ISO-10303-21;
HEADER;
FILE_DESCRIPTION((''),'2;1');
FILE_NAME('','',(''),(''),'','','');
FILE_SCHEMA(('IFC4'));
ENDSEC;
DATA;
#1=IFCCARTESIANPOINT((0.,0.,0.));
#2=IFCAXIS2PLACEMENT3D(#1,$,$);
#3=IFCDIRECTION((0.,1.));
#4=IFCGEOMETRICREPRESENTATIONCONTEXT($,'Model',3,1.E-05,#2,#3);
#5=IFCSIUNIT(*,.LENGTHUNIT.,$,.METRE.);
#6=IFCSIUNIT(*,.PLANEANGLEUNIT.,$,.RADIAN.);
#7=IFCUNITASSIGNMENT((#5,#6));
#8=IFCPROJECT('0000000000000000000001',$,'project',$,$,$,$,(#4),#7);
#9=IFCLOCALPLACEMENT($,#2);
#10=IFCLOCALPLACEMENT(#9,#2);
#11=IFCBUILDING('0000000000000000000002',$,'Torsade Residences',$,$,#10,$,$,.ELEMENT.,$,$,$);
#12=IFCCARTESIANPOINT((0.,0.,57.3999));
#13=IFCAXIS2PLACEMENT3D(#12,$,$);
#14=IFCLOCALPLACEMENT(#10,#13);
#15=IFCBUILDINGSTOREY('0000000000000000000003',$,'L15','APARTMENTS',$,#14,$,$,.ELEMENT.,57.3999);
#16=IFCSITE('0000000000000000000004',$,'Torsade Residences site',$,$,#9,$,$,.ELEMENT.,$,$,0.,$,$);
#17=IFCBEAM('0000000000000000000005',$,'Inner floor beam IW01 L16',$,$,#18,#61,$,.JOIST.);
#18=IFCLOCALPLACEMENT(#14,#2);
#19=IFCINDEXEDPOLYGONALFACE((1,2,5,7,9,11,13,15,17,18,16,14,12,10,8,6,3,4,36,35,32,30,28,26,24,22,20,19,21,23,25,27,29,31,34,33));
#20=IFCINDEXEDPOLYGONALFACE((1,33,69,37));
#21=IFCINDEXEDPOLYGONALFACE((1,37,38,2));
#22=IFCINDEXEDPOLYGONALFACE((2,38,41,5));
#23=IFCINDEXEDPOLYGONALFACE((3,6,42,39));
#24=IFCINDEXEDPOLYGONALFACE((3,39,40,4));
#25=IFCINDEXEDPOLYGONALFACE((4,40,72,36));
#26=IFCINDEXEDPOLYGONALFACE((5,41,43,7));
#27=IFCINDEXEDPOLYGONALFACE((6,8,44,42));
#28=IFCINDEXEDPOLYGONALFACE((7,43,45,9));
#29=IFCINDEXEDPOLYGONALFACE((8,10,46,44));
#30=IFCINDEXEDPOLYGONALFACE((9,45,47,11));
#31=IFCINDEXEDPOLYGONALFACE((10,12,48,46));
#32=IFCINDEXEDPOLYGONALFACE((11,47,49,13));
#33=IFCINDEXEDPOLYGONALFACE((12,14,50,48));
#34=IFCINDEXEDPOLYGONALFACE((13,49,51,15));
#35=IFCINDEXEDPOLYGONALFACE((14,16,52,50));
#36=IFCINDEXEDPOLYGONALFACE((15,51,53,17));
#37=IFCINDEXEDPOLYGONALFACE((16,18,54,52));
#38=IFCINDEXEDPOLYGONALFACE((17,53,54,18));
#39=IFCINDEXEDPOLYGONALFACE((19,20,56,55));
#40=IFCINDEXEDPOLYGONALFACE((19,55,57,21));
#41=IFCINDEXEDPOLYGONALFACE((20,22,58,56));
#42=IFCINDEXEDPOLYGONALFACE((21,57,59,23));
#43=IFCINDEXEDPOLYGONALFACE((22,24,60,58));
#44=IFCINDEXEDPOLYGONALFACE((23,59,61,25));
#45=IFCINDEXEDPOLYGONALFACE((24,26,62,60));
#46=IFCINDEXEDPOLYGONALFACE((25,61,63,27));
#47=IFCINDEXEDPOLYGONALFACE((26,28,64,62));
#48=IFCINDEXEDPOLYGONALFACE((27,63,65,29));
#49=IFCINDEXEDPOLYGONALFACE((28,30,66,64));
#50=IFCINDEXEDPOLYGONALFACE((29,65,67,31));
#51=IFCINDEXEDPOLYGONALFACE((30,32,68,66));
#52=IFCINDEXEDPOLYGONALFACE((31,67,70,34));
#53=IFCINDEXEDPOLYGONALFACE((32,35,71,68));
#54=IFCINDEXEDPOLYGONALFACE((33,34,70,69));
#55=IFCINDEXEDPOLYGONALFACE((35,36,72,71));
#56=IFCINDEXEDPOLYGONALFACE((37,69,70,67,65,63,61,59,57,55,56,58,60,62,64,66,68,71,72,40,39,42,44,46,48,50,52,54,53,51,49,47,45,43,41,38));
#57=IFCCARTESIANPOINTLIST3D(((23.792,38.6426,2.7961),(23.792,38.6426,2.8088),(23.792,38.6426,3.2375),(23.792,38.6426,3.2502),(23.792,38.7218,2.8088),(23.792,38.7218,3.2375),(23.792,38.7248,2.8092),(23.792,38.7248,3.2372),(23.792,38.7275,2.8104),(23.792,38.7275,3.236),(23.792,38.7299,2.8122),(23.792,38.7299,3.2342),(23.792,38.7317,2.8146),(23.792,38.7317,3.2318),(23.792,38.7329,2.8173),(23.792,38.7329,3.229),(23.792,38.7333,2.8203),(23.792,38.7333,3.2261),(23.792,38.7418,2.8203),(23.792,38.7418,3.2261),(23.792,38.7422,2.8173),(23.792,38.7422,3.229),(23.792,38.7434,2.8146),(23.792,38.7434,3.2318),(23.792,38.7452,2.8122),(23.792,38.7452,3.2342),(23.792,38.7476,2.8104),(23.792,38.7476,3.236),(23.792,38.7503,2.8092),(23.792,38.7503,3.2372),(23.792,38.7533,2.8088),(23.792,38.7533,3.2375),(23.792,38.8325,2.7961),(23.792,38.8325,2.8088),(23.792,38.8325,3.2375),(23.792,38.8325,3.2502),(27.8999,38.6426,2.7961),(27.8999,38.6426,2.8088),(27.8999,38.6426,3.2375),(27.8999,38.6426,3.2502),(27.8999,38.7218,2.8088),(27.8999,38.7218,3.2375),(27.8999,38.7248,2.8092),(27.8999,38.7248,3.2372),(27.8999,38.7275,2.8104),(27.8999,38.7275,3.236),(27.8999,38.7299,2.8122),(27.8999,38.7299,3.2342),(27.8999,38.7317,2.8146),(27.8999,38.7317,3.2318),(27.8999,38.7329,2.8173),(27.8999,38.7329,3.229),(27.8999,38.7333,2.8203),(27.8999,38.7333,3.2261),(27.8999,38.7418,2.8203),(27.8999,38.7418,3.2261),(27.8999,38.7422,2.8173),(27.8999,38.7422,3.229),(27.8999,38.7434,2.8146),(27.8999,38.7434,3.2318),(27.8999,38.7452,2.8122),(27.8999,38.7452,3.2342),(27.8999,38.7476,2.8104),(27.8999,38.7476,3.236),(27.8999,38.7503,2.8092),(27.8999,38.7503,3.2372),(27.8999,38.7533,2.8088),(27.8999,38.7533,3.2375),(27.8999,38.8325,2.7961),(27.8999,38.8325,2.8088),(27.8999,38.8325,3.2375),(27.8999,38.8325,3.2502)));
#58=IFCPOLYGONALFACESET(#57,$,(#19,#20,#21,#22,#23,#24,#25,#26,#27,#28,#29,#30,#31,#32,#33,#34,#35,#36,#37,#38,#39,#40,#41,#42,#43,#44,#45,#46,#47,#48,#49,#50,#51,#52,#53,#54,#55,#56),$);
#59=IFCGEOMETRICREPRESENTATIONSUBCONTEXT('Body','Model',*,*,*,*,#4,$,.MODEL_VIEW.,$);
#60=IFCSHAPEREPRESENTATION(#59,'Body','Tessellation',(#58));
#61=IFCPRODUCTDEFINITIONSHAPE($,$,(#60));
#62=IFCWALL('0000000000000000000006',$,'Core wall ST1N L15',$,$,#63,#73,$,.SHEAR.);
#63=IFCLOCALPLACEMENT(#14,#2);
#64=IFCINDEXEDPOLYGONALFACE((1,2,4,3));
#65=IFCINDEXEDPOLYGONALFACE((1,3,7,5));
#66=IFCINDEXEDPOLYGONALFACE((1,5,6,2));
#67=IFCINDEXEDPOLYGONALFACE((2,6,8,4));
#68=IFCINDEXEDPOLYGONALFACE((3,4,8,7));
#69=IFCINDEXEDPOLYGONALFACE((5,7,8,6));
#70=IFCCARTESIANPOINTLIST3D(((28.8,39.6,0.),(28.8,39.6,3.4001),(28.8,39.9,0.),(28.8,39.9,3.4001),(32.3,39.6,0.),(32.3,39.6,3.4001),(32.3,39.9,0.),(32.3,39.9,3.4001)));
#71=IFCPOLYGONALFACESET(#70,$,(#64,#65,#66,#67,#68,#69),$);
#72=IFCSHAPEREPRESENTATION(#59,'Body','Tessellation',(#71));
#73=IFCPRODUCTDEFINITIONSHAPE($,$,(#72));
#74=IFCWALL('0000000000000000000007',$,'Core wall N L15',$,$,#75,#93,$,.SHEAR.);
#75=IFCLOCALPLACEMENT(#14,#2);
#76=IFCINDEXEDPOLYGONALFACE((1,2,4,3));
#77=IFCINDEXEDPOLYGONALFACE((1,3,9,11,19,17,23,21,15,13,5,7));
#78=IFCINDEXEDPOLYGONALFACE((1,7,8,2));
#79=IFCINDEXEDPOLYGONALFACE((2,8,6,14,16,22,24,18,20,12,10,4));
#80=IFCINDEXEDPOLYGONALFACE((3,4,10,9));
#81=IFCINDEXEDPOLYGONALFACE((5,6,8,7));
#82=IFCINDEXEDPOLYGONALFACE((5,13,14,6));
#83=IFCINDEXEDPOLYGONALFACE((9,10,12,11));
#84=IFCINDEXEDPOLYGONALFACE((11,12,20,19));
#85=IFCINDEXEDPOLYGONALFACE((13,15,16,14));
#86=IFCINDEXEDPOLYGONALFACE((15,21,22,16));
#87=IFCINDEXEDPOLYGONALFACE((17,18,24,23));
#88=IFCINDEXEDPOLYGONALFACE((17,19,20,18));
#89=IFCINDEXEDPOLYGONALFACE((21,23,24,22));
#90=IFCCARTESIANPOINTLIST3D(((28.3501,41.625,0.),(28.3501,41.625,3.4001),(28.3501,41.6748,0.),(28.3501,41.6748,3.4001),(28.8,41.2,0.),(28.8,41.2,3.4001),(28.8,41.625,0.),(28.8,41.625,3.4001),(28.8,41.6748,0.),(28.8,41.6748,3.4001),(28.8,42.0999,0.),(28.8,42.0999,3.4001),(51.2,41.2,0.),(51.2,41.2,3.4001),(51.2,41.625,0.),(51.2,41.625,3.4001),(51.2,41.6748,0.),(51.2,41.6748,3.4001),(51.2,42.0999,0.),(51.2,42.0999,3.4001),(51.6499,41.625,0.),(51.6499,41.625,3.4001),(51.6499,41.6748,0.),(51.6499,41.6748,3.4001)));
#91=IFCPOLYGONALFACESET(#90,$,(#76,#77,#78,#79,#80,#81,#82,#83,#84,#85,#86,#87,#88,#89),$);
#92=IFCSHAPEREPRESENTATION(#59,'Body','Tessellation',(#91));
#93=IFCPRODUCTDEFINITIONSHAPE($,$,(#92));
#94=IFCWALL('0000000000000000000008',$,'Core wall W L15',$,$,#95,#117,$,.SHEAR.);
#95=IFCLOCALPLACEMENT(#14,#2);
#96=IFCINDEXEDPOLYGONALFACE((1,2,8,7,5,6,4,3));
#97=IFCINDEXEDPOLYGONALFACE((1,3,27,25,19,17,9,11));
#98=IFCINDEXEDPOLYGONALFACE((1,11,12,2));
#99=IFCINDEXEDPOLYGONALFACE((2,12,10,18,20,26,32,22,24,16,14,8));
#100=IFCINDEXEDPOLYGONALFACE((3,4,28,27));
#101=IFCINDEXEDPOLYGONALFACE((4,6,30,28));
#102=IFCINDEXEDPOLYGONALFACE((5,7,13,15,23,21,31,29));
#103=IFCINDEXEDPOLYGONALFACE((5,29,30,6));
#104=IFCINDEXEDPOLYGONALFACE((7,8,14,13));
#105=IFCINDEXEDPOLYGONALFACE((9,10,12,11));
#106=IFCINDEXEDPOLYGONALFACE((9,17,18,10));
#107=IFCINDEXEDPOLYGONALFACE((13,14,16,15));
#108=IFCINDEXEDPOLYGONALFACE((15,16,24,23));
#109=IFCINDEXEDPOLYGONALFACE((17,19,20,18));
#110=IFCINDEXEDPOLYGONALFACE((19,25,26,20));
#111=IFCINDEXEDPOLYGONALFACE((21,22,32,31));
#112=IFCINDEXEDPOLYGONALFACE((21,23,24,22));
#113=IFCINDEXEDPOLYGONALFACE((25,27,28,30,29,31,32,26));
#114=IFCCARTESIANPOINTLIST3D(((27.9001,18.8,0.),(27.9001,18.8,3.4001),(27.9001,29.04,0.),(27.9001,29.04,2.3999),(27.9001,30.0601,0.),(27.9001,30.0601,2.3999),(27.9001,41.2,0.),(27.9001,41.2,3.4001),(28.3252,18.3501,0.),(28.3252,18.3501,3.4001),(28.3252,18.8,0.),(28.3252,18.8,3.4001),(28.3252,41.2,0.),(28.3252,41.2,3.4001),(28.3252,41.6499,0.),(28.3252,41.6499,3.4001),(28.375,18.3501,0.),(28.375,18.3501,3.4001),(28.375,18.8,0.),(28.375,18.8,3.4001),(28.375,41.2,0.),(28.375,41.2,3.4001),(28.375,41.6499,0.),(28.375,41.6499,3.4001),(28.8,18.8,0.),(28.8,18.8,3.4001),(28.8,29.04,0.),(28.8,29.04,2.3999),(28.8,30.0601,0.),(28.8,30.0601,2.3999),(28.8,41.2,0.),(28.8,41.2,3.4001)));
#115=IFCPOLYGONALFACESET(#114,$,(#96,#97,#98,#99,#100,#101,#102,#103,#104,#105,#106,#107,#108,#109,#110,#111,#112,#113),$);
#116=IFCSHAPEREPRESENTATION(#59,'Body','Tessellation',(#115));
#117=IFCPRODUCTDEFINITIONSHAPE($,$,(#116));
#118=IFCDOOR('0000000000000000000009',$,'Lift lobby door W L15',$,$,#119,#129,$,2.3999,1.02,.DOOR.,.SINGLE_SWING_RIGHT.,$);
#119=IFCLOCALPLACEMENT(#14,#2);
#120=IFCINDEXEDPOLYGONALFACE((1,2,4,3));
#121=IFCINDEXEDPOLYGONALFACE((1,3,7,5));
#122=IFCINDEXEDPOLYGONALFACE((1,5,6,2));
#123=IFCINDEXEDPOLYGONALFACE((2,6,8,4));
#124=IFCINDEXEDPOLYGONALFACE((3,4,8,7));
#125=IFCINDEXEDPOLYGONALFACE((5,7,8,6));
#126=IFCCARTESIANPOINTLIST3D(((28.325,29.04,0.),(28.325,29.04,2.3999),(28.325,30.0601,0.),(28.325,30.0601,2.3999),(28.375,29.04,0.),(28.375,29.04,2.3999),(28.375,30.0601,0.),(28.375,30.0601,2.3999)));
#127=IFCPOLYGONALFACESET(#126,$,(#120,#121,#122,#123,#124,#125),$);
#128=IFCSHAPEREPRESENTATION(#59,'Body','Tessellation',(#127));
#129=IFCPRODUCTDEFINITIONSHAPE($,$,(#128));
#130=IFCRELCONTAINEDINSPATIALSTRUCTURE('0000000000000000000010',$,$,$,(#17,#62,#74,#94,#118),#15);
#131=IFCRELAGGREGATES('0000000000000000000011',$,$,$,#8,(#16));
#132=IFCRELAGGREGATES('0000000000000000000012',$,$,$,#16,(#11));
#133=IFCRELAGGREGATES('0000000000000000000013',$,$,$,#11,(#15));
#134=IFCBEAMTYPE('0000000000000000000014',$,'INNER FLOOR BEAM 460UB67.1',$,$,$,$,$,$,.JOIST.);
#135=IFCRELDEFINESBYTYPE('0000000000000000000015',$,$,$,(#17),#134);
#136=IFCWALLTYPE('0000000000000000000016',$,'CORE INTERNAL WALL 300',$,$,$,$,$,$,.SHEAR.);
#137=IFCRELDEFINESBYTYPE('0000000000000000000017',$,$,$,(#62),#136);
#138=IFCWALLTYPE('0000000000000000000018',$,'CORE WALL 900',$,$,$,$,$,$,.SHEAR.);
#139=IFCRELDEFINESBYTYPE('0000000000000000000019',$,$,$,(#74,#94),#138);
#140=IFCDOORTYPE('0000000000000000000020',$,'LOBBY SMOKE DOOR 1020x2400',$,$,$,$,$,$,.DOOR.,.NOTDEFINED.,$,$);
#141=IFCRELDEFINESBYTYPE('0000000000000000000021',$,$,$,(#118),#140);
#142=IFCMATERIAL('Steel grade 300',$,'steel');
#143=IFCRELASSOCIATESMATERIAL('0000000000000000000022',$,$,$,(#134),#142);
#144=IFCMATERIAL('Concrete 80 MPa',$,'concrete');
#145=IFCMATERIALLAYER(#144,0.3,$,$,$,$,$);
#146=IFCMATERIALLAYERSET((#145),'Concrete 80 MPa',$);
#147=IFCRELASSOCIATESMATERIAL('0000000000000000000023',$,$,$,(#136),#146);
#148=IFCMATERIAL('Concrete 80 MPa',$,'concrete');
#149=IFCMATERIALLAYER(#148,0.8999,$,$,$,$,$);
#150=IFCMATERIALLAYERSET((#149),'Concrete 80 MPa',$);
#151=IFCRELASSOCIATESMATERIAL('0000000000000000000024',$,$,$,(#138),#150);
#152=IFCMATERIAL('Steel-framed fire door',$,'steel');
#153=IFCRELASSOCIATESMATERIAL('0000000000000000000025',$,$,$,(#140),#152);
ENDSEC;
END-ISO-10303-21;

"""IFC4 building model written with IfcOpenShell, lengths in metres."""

from ifc_helpers import new_model, si_unit, direction, frame, frame_2d, origin, origin_2d, place, context, subcontext, project, spatial, polyline, rectangle, i_section, outline, extrude, material, layer, layer_set, material_profile, profile_set, type_object, element, fill, save


model = new_model("IFC4")

# Units and contexts
model_context = context("Model", 3, precision=1e-05, world=origin(), true_north=direction((0.0, 1.0)))
body_context = subcontext(model_context, "Body", "Model", "MODEL_VIEW")
ifc_project = project(units=[si_unit("LENGTHUNIT", "METRE"), si_unit("PLANEANGLEUNIT", "RADIAN")], contexts=[model_context])

# Site, building, storey
site_placement = place(None, origin())
site = spatial("IfcSite", under=ifc_project, at=site_placement, Name="Torsade Residences site", CompositionType="ELEMENT", RefElevation=0.0)
building_placement = place(site_placement, origin())
building = spatial("IfcBuilding", under=site, at=building_placement, Name="Torsade Residences", CompositionType="ELEMENT")
storey_placement = place(building_placement, frame((0.0, 0.0, 57.3999)))
storey = spatial("IfcBuildingStorey", under=building, at=storey_placement, Name="L15", Description="APARTMENTS", CompositionType="ELEMENT", Elevation=57.3999)

# Beam
ifc_material_1 = material(Name="Steel grade 300", Category="steel")
ifc_material_profile_1 = material_profile(ifc_material_1, i_section(OverallWidth=0.1899, OverallDepth=0.4541, WebThickness=0.0085, FlangeThickness=0.0127, FilletRadius=0.0115, at=origin_2d()), Name="460UB67.1")
ifc_profile_set_1 = profile_set([ifc_material_profile_1], Name="Steel grade 300")
beam_type = type_object("IfcBeamType", Name="INNER FLOOR BEAM 460UB67.1", PredefinedType="JOIST", material=ifc_profile_set_1)
beam_1_placement = place(storey_placement, frame((27.8999, 38.7375, 3.0232), z_axis=(-1.0, 0.0, 0.0), x_axis=(0.0, -1.0, 0.0)))
element("IfcBeam", 1, at=beam_1_placement, inside=storey, type_object=beam_type, Name="Inner floor beam IW01 L16", PredefinedType="JOIST", context=body_context, shape_type="SweptSolid", body=[
    extrude(i_section(OverallWidth=0.1899, OverallDepth=0.4541, WebThickness=0.0085, FlangeThickness=0.0127, FilletRadius=0.0115, at=origin_2d()), origin(), (0.0, 0.0, 1.0), 4.1079),
])

# Walls
ifc_material_2 = material(Name="Concrete 80 MPa", Category="concrete")
ifc_layer_1 = layer(ifc_material_2, 0.3)
ifc_layer_set_1 = layer_set([ifc_layer_1], Name="Concrete 80 MPa")
wall_type_1 = type_object("IfcWallType", Name="CORE INTERNAL WALL 300", PredefinedType="SHEAR", material=ifc_layer_set_1)
wall_1_placement = place(storey_placement, frame((28.8, 39.75, 0.0), z_axis=(0.0, 0.0, 1.0), x_axis=(1.0, 0.0, 0.0)))
element("IfcWall", 2, at=wall_1_placement, inside=storey, type_object=wall_type_1, Name="Core wall ST1N L15", PredefinedType="SHEAR", context=body_context, shape_type="SweptSolid", body=[
    extrude(rectangle(XDim=3.5, YDim=0.3, at=frame_2d((1.75, 0.0))), origin(), (0.0, 0.0, 1.0), 3.4001),
])
ifc_material_3 = material(Name="Concrete 80 MPa", Category="concrete")
ifc_layer_2 = layer(ifc_material_3, 0.8999)
ifc_layer_set_2 = layer_set([ifc_layer_2], Name="Concrete 80 MPa")
wall_type_2 = type_object("IfcWallType", Name="CORE WALL 900", PredefinedType="SHEAR", material=ifc_layer_set_2)
wall_2_placement = place(storey_placement, frame((28.8, 41.6499, 0.0), z_axis=(0.0, 0.0, 1.0), x_axis=(1.0, 0.0, 0.0)))
element("IfcWall", 3, at=wall_2_placement, inside=storey, type_object=wall_type_2, Name="Core wall N L15", PredefinedType="SHEAR", context=body_context, shape_type="SweptSolid", body=[
    extrude(outline(polyline([(0.0, -0.45), (22.3999, -0.45), (22.3999, -0.0249), (22.8499, -0.0249), (22.8499, 0.0249), (22.3999, 0.0249), (22.3999, 0.45), (0.0, 0.45), (0.0, 0.0249), (-0.45, 0.0249), (-0.45, -0.0249), (0.0, -0.0249), (0.0, -0.45)])), origin(), (0.0, 0.0, 1.0), 3.4001),
])

# Wall, opening, door
wall_3_placement = place(storey_placement, frame((28.3501, 41.2, 0.0), z_axis=(0.0, 0.0, 1.0), x_axis=(0.0, -1.0, 0.0)))
wall_3 = element("IfcWall", 4, at=wall_3_placement, inside=storey, type_object=wall_type_2, Name="Core wall W L15", PredefinedType="SHEAR", context=body_context, shape_type="SweptSolid", body=[
    extrude(outline(polyline([(0.0, -0.45), (22.3999, -0.45), (22.3999, -0.0249), (22.8499, -0.0249), (22.8499, 0.0249), (22.3999, 0.0249), (22.3999, 0.45), (0.0, 0.45), (0.0, 0.0249), (-0.45, 0.0249), (-0.45, -0.0249), (0.0, -0.0249), (0.0, -0.45)])), origin(), (0.0, 0.0, 1.0), 3.4001),
])
opening_1_placement = place(wall_3_placement, frame((11.1399, 0.0, 0.0)))
opening_1 = element("IfcOpeningElement", 5, at=opening_1_placement, cuts=wall_3, PredefinedType="OPENING", context=body_context, shape_type="SweptSolid", body=[
    extrude(rectangle(XDim=1.02, YDim=2.3999, at=frame_2d((0.51, 1.2))), frame((0.0, 0.46, 0.0), z_axis=(0.0, -1.0, 0.0), x_axis=(1.0, 0.0, 0.0)), (0.0, 0.0, 1.0), 0.9199),
])
ifc_material_4 = material(Name="Steel-framed fire door", Category="steel")
door_type_1 = type_object("IfcDoorType", Name="LOBBY SMOKE DOOR 1020x2400", OperationType="NOTDEFINED", PredefinedType="DOOR", material=ifc_material_4)
door_1_placement = place(opening_1_placement, origin())
door_1 = element("IfcDoor", 6, at=door_1_placement, inside=storey, type_object=door_type_1, Name="Lift lobby door W L15", OperationType="SINGLE_SWING_RIGHT", OverallHeight=2.3999, OverallWidth=1.02, PredefinedType="DOOR", context=body_context, shape_type="SweptSolid", body=[
    extrude(rectangle(XDim=1.02, YDim=2.3999, at=frame_2d((0.51, 1.2))), frame((0.0, 0.0249, 0.0), z_axis=(0.0, -1.0, 0.0), x_axis=(1.0, 0.0, 0.0)), (0.0, 0.0, 1.0), 0.05),
])
fill(opening_1, door_1)

save(model, "model.ifc")
